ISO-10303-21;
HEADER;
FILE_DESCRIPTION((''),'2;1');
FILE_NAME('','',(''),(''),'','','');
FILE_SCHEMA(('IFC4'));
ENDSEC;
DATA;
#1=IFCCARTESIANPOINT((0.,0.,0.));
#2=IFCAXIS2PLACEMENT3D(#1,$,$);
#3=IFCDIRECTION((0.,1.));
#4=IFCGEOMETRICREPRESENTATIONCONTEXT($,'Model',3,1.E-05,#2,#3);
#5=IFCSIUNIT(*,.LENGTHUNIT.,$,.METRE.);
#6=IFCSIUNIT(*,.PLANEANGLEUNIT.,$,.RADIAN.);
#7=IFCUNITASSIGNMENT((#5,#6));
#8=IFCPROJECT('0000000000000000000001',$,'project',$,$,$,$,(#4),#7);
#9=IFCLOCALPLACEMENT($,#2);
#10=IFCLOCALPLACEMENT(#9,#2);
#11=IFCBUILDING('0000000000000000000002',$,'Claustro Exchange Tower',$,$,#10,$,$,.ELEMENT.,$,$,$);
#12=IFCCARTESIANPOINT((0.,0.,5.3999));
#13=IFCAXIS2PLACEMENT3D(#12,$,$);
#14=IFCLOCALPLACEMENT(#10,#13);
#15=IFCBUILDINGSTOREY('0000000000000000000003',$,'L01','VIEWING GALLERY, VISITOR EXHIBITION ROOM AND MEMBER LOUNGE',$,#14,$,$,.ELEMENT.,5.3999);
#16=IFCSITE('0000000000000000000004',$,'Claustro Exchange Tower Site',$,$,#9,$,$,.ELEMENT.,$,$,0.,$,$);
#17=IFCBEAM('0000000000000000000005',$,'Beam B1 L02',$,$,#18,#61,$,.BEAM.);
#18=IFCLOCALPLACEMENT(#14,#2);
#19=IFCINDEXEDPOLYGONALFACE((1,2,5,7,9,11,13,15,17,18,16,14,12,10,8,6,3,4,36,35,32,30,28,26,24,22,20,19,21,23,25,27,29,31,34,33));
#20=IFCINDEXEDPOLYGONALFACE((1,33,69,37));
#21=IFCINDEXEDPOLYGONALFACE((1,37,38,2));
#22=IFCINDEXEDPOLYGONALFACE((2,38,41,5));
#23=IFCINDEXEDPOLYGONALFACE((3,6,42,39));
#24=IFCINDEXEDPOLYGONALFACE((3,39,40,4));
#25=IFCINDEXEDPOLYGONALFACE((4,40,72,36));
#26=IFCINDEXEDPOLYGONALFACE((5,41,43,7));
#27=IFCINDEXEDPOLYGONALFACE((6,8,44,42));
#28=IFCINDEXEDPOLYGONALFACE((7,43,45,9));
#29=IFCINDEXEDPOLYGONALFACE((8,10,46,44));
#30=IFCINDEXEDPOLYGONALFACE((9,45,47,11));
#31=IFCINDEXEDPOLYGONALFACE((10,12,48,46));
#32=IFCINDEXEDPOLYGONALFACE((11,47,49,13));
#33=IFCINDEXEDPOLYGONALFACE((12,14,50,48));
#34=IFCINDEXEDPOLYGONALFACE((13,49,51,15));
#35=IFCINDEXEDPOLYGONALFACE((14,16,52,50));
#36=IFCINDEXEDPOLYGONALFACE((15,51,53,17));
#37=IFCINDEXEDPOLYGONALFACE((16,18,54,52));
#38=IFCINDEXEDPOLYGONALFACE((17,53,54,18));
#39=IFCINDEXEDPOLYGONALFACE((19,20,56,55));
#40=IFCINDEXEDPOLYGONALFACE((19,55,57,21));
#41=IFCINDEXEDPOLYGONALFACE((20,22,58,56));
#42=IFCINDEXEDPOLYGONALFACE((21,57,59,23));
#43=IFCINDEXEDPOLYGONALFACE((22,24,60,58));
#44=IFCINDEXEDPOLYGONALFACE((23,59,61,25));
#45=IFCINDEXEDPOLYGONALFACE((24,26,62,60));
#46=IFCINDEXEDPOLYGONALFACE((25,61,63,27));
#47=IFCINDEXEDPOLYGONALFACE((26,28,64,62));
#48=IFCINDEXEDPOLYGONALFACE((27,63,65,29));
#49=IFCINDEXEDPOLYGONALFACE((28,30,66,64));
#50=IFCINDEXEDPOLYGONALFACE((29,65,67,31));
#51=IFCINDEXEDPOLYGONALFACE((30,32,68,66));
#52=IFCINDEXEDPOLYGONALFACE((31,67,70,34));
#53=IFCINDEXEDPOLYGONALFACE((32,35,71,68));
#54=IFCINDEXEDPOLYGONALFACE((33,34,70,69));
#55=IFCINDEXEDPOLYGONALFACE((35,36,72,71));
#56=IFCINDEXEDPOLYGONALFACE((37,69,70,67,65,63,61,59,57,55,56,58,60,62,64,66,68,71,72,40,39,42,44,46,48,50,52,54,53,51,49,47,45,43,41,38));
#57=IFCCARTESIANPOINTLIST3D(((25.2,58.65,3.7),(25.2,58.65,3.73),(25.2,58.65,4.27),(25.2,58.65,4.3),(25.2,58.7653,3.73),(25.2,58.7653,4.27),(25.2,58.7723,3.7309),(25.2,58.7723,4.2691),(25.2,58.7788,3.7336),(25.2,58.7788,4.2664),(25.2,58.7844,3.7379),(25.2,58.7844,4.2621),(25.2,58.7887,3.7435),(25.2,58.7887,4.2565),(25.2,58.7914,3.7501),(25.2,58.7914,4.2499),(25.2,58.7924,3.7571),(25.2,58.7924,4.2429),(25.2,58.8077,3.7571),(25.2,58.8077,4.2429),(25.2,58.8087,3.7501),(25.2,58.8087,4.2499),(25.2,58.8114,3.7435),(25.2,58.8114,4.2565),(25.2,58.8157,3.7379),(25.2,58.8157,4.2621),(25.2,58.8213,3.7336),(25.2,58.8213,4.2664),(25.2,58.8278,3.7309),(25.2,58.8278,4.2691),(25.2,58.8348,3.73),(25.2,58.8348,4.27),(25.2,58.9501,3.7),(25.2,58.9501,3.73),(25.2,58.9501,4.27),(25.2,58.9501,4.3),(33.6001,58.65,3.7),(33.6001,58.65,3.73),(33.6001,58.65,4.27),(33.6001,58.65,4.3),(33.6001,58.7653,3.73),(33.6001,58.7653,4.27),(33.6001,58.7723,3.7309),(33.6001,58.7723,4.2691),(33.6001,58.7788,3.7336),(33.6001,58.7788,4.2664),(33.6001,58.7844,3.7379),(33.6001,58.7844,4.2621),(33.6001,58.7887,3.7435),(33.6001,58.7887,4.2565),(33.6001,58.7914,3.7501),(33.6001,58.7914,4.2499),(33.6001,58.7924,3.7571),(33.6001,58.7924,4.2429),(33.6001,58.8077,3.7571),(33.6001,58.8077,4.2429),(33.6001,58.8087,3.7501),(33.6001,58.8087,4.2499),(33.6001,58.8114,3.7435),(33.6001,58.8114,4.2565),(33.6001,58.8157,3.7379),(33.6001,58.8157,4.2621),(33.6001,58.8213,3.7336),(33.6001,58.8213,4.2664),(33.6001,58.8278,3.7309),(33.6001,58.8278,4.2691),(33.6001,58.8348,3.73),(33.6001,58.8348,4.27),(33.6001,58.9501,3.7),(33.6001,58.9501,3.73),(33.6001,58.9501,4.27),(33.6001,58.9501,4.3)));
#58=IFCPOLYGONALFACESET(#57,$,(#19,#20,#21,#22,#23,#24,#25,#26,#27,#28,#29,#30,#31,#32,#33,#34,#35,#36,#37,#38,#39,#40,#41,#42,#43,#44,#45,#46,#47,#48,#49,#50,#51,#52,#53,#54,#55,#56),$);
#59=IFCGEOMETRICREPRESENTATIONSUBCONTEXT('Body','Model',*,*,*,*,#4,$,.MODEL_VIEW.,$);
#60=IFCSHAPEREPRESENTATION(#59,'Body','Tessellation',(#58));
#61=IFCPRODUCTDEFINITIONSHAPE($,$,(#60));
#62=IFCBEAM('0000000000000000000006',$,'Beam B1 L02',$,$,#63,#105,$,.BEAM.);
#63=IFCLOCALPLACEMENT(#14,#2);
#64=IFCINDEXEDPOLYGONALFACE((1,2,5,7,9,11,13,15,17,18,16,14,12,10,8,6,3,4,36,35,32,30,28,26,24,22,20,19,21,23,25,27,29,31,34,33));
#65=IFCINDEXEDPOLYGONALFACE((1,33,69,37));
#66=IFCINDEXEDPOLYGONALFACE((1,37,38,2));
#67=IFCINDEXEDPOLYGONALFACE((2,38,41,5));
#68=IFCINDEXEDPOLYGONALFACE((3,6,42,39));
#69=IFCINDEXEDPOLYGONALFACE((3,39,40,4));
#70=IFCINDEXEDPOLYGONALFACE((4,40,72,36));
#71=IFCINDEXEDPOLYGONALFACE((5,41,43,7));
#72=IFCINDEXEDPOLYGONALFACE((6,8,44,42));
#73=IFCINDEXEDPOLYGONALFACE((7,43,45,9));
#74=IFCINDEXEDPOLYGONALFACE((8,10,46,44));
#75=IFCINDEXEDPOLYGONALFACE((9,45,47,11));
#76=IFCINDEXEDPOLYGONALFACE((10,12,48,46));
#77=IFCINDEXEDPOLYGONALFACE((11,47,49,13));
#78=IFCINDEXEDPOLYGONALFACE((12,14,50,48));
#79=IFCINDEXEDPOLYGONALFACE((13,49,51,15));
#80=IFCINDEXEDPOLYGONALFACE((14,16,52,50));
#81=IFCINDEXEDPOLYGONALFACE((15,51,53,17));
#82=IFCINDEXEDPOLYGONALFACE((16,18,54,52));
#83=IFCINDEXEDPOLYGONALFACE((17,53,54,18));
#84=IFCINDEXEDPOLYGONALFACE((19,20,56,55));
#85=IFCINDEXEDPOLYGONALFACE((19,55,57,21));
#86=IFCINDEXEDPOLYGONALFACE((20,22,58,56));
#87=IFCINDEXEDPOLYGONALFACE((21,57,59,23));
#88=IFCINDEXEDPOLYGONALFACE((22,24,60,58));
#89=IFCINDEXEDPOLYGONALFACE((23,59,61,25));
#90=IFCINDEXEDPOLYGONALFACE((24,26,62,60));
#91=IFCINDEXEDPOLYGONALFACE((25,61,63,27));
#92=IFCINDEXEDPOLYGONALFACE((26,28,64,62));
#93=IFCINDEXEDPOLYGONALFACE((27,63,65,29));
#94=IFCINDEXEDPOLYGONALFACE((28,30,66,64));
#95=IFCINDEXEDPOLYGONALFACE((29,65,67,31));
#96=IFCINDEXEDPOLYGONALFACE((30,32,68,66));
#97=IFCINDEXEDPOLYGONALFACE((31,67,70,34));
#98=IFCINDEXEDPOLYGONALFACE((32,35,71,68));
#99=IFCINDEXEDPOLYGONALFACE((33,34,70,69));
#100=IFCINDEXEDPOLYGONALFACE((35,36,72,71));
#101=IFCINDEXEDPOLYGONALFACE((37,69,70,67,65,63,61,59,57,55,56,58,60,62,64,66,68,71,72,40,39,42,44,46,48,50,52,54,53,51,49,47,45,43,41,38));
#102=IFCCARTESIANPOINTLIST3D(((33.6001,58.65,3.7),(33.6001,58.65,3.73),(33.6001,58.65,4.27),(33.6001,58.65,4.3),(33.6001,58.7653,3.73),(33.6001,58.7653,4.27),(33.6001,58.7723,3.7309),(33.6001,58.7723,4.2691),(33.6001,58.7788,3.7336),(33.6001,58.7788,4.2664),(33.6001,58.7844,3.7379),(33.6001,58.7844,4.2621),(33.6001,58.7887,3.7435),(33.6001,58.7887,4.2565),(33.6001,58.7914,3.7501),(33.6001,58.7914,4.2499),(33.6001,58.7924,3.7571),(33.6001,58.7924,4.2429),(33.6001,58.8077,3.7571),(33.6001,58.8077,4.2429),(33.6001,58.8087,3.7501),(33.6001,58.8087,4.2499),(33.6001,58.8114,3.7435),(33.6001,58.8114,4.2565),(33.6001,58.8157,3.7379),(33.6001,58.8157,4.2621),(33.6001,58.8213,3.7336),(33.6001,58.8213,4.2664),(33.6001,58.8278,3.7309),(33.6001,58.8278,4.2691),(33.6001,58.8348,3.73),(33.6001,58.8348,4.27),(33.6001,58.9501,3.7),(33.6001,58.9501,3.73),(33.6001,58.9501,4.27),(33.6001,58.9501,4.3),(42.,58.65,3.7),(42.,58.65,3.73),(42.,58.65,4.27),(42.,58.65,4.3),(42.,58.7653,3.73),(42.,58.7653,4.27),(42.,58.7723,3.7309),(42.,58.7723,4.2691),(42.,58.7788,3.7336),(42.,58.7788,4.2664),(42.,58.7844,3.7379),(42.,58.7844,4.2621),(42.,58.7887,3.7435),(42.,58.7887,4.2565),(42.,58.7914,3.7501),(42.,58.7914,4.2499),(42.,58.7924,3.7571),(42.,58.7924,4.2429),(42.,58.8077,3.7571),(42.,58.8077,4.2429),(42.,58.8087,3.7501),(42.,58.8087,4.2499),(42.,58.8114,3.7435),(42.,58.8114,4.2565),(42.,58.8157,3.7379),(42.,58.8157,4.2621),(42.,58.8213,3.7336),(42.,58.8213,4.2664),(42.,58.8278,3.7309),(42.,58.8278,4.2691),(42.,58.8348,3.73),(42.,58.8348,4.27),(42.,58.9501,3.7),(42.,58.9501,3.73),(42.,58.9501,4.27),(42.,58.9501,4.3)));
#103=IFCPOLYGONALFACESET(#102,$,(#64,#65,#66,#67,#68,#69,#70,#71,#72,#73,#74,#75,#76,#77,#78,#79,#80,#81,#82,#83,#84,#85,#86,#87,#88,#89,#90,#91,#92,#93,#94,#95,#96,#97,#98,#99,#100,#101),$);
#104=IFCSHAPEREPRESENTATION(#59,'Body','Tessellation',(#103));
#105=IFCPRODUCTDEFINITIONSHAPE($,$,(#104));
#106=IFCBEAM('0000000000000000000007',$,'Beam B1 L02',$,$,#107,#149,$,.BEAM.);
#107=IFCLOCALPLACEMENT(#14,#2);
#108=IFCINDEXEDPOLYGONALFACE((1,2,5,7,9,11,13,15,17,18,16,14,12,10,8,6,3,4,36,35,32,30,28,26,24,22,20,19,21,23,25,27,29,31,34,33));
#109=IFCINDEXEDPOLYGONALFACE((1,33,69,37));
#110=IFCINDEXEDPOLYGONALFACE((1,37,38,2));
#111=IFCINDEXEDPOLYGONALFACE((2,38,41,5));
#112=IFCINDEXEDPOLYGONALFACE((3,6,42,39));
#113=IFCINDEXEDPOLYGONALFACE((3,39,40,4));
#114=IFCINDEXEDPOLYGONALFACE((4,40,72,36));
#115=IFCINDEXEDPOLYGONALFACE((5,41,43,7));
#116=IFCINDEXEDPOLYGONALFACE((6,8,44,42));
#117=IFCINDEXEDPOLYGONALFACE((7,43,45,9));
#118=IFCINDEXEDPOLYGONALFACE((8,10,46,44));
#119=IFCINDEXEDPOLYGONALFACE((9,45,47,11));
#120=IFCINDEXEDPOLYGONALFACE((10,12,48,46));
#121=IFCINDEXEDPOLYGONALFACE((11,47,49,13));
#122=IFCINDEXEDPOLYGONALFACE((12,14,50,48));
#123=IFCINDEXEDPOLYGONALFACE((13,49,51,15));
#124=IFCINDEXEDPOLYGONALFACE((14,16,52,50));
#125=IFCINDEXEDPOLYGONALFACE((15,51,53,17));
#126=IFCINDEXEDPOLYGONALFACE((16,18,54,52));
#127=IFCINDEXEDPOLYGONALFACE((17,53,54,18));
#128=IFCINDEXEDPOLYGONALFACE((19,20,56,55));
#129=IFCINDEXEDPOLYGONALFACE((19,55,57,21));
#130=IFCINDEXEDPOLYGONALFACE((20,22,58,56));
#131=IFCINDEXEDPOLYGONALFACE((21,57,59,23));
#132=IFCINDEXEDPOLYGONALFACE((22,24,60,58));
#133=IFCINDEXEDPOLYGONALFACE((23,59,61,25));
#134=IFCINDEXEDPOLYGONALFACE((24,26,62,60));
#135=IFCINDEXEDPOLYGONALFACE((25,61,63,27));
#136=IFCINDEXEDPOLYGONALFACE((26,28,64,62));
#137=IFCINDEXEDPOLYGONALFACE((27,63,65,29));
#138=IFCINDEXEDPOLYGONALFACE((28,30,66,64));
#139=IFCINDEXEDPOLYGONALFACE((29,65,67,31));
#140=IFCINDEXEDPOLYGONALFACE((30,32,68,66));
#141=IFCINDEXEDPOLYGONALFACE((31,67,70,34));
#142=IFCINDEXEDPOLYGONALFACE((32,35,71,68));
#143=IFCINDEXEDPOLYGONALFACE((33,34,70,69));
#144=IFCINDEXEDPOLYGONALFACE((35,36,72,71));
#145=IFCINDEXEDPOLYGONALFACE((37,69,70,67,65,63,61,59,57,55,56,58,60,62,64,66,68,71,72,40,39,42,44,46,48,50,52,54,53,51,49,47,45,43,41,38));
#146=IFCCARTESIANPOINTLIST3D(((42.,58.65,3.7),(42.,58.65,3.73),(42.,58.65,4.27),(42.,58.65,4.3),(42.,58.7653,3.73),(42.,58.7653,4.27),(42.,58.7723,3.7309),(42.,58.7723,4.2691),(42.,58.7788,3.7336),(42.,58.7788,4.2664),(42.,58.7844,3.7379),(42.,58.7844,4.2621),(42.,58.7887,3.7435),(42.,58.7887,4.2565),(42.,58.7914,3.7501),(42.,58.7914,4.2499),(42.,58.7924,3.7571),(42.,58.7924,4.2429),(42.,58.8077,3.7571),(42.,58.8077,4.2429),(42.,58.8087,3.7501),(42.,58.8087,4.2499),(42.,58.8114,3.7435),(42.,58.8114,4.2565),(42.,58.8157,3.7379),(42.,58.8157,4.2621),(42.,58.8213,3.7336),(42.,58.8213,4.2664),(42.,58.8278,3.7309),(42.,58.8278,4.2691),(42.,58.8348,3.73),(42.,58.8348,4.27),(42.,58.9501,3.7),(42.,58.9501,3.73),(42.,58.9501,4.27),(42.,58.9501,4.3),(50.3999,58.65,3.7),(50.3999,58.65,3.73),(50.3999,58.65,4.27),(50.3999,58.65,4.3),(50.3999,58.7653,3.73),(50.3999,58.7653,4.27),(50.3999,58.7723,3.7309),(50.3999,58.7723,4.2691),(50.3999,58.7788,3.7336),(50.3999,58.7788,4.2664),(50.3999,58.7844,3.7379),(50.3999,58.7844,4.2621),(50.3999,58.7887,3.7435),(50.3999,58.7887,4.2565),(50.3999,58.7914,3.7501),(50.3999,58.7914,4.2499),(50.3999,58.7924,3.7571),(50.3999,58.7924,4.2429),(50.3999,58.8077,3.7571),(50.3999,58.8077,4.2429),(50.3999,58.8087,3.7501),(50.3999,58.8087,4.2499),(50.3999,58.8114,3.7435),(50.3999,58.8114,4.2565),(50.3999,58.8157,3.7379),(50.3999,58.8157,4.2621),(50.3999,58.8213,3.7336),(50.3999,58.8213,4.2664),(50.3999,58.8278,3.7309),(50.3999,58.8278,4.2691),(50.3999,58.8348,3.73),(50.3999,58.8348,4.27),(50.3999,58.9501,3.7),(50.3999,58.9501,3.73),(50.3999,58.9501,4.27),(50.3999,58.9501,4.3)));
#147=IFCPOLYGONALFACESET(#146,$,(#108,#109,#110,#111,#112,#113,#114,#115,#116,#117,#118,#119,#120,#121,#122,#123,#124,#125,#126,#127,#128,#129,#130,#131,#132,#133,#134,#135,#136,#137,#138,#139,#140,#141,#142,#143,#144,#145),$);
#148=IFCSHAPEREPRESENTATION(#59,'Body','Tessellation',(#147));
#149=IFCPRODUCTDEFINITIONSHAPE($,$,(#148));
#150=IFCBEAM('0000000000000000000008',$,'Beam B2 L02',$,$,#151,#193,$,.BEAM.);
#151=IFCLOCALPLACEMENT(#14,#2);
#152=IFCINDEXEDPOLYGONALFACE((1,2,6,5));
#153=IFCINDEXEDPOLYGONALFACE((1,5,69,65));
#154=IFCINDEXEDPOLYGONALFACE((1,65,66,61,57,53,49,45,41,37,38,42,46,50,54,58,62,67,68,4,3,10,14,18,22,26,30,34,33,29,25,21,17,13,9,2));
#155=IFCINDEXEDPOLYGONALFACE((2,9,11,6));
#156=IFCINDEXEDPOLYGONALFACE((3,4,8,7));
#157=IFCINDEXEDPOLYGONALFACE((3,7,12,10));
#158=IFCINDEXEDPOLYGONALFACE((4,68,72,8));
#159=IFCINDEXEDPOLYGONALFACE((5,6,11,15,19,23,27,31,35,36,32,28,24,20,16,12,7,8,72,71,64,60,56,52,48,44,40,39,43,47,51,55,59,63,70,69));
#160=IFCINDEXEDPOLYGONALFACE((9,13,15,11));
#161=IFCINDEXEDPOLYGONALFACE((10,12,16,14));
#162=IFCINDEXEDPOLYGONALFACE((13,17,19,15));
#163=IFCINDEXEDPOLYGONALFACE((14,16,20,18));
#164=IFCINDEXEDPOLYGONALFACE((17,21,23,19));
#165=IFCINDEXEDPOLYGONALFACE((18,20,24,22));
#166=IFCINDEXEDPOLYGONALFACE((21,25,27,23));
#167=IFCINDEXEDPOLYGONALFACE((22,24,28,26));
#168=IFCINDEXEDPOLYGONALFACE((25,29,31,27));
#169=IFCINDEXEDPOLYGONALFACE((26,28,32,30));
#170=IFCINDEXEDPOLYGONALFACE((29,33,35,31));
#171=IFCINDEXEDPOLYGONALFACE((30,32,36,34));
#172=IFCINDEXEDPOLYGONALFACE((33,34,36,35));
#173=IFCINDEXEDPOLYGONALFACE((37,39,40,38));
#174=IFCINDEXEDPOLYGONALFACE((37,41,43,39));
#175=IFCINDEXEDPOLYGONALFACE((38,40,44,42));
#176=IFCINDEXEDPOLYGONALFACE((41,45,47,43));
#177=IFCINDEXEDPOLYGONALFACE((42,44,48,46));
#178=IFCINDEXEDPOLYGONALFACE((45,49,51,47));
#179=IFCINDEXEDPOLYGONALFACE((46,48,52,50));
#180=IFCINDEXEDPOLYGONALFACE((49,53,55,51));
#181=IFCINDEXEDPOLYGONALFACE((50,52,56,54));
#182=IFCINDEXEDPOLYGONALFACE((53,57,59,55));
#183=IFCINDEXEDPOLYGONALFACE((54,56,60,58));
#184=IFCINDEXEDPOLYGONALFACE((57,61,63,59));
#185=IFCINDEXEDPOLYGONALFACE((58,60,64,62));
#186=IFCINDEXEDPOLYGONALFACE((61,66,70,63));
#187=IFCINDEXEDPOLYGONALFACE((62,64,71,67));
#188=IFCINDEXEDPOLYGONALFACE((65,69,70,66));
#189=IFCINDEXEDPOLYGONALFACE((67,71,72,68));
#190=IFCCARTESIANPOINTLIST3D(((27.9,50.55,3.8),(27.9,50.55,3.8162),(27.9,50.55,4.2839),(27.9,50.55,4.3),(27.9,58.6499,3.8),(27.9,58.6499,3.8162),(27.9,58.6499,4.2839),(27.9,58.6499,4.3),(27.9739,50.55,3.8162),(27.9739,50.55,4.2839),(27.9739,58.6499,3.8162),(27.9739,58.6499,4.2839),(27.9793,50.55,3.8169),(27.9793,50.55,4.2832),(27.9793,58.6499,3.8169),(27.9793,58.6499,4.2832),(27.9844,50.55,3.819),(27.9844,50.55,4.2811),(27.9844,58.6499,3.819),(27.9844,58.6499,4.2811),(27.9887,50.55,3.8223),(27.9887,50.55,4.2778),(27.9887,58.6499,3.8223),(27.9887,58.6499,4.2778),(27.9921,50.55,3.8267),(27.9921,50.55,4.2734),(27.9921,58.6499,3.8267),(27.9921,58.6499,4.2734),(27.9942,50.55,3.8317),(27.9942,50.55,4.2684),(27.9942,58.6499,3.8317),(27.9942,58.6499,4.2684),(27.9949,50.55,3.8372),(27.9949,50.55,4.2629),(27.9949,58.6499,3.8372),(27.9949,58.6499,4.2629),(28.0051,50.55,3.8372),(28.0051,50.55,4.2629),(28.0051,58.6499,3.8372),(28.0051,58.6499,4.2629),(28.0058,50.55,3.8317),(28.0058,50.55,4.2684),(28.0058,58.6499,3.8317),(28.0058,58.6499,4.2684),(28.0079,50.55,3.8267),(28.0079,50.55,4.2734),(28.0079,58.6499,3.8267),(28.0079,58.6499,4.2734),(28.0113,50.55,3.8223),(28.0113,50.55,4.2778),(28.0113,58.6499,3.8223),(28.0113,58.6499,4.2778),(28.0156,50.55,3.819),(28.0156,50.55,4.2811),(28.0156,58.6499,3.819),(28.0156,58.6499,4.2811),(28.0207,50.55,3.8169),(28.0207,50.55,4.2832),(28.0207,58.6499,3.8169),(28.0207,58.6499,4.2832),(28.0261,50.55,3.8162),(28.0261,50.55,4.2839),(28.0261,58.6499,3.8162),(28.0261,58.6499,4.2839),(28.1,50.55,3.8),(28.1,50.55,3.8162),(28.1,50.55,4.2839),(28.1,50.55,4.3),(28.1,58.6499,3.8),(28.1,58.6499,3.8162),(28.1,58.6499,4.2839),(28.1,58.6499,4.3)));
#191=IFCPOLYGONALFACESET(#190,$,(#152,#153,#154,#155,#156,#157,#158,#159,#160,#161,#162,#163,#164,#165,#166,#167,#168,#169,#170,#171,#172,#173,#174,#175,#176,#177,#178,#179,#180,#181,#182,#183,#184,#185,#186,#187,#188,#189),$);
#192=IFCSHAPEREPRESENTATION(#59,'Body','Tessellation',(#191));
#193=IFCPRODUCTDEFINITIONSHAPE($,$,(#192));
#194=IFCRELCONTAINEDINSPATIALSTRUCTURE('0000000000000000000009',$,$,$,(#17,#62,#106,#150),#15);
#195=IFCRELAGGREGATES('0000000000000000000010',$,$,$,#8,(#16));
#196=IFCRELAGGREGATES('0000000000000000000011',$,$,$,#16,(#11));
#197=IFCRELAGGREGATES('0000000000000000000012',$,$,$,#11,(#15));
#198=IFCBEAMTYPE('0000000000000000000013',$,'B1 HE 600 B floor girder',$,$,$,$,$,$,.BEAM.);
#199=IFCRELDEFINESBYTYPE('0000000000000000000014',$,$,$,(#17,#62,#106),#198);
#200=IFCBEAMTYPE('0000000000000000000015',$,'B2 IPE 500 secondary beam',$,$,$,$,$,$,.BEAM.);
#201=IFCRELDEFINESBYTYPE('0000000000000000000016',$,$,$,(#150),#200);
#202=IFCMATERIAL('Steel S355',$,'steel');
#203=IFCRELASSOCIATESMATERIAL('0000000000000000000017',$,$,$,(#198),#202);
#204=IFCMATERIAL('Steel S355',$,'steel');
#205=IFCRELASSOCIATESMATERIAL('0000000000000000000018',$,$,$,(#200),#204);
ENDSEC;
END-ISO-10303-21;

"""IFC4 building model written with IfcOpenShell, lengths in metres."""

from ifc_helpers import new_model, si_unit, direction, frame, origin, origin_2d, place, context, subcontext, project, spatial, i_section, extrude, material, material_profile, profile_set, type_object, element, save


model = new_model("IFC4")

# Units and contexts
model_context = context("Model", 3, precision=1e-05, world=origin(), true_north=direction((0.0, 1.0)))
body_context = subcontext(model_context, "Body", "Model", "MODEL_VIEW")
ifc_project = project(units=[si_unit("LENGTHUNIT", "METRE"), si_unit("PLANEANGLEUNIT", "RADIAN")], contexts=[model_context])

# Site, building, storey
site_placement = place(None, origin())
site = spatial("IfcSite", under=ifc_project, at=site_placement, Name="Claustro Exchange Tower Site", CompositionType="ELEMENT", RefElevation=0.0)
building_placement = place(site_placement, origin())
building = spatial("IfcBuilding", under=site, at=building_placement, Name="Claustro Exchange Tower", CompositionType="ELEMENT")
storey_placement = place(building_placement, frame((0.0, 0.0, 5.3999)))
storey = spatial("IfcBuildingStorey", under=building, at=storey_placement, Name="L01", Description="VIEWING GALLERY, VISITOR EXHIBITION ROOM AND MEMBER LOUNGE", CompositionType="ELEMENT", Elevation=5.3999)

# Beams
ifc_material_1 = material(Name="Steel S355", Category="steel")
ifc_material_profile_1 = material_profile(ifc_material_1, i_section(OverallWidth=0.3, OverallDepth=0.6001, WebThickness=0.0154, FlangeThickness=0.03, FilletRadius=0.0271, at=origin_2d()), Name="HE 600 B")
ifc_profile_set_1 = profile_set([ifc_material_profile_1], Name="Steel S355")
beam_type_1 = type_object("IfcBeamType", Name="B1 HE 600 B floor girder", PredefinedType="BEAM", material=ifc_profile_set_1)
beam_1_placement = place(storey_placement, frame((25.2, 58.8, 4.0), z_axis=(1.0, 0.0, 0.0), x_axis=(0.0, 1.0, 0.0)))
element("IfcBeam", 1, at=beam_1_placement, inside=storey, type_object=beam_type_1, Name="Beam B1 L02", PredefinedType="BEAM", context=body_context, shape_type="SweptSolid", body=[
    extrude(i_section(OverallWidth=0.3, OverallDepth=0.6001, WebThickness=0.0154, FlangeThickness=0.03, FilletRadius=0.0271, at=origin_2d()), origin(), (0.0, 0.0, 1.0), 8.4001),
])
for number, where, z_axis, x_axis, name in (
    (2, (33.6001, 58.8, 4.0), (1.0, 0.0, 0.0), (0.0, 1.0, 0.0), "Beam B1 L02"),
    (3, (42.0, 58.8, 4.0), (1.0, 0.0, 0.0), (0.0, 1.0, 0.0), "Beam B1 L02"),
):
    element("IfcBeam", number, at=place(storey_placement, frame(where, z_axis=z_axis, x_axis=x_axis)), inside=storey, type_object=beam_type_1, Name=name, PredefinedType="BEAM", context=body_context, shape_type="SweptSolid", body=[
        extrude(i_section(OverallWidth=0.3, OverallDepth=0.6001, WebThickness=0.0154, FlangeThickness=0.03, FilletRadius=0.0271, at=origin_2d()), origin(), (0.0, 0.0, 1.0), 8.3999),
    ])
ifc_material_2 = material(Name="Steel S355", Category="steel")
ifc_material_profile_2 = material_profile(ifc_material_2, i_section(OverallWidth=0.2, OverallDepth=0.5, WebThickness=0.0103, FlangeThickness=0.0161, FilletRadius=0.021, at=origin_2d()), Name="IPE 500")
ifc_profile_set_2 = profile_set([ifc_material_profile_2], Name="Steel S355")
beam_type_2 = type_object("IfcBeamType", Name="B2 IPE 500 secondary beam", PredefinedType="BEAM", material=ifc_profile_set_2)
for number, where, z_axis, x_axis, name in (
    (4, (28.0, 50.55, 4.05), (0.0, 1.0, 0.0), (-1.0, 0.0, 0.0), "Beam B2 L02"),
):
    element("IfcBeam", number, at=place(storey_placement, frame(where, z_axis=z_axis, x_axis=x_axis)), inside=storey, type_object=beam_type_2, Name=name, PredefinedType="BEAM", context=body_context, shape_type="SweptSolid", body=[
        extrude(i_section(OverallWidth=0.2, OverallDepth=0.5, WebThickness=0.0103, FlangeThickness=0.0161, FilletRadius=0.021, at=origin_2d()), origin(), (0.0, 0.0, 1.0), 8.0999),
    ])

save(model, "model.ifc")
